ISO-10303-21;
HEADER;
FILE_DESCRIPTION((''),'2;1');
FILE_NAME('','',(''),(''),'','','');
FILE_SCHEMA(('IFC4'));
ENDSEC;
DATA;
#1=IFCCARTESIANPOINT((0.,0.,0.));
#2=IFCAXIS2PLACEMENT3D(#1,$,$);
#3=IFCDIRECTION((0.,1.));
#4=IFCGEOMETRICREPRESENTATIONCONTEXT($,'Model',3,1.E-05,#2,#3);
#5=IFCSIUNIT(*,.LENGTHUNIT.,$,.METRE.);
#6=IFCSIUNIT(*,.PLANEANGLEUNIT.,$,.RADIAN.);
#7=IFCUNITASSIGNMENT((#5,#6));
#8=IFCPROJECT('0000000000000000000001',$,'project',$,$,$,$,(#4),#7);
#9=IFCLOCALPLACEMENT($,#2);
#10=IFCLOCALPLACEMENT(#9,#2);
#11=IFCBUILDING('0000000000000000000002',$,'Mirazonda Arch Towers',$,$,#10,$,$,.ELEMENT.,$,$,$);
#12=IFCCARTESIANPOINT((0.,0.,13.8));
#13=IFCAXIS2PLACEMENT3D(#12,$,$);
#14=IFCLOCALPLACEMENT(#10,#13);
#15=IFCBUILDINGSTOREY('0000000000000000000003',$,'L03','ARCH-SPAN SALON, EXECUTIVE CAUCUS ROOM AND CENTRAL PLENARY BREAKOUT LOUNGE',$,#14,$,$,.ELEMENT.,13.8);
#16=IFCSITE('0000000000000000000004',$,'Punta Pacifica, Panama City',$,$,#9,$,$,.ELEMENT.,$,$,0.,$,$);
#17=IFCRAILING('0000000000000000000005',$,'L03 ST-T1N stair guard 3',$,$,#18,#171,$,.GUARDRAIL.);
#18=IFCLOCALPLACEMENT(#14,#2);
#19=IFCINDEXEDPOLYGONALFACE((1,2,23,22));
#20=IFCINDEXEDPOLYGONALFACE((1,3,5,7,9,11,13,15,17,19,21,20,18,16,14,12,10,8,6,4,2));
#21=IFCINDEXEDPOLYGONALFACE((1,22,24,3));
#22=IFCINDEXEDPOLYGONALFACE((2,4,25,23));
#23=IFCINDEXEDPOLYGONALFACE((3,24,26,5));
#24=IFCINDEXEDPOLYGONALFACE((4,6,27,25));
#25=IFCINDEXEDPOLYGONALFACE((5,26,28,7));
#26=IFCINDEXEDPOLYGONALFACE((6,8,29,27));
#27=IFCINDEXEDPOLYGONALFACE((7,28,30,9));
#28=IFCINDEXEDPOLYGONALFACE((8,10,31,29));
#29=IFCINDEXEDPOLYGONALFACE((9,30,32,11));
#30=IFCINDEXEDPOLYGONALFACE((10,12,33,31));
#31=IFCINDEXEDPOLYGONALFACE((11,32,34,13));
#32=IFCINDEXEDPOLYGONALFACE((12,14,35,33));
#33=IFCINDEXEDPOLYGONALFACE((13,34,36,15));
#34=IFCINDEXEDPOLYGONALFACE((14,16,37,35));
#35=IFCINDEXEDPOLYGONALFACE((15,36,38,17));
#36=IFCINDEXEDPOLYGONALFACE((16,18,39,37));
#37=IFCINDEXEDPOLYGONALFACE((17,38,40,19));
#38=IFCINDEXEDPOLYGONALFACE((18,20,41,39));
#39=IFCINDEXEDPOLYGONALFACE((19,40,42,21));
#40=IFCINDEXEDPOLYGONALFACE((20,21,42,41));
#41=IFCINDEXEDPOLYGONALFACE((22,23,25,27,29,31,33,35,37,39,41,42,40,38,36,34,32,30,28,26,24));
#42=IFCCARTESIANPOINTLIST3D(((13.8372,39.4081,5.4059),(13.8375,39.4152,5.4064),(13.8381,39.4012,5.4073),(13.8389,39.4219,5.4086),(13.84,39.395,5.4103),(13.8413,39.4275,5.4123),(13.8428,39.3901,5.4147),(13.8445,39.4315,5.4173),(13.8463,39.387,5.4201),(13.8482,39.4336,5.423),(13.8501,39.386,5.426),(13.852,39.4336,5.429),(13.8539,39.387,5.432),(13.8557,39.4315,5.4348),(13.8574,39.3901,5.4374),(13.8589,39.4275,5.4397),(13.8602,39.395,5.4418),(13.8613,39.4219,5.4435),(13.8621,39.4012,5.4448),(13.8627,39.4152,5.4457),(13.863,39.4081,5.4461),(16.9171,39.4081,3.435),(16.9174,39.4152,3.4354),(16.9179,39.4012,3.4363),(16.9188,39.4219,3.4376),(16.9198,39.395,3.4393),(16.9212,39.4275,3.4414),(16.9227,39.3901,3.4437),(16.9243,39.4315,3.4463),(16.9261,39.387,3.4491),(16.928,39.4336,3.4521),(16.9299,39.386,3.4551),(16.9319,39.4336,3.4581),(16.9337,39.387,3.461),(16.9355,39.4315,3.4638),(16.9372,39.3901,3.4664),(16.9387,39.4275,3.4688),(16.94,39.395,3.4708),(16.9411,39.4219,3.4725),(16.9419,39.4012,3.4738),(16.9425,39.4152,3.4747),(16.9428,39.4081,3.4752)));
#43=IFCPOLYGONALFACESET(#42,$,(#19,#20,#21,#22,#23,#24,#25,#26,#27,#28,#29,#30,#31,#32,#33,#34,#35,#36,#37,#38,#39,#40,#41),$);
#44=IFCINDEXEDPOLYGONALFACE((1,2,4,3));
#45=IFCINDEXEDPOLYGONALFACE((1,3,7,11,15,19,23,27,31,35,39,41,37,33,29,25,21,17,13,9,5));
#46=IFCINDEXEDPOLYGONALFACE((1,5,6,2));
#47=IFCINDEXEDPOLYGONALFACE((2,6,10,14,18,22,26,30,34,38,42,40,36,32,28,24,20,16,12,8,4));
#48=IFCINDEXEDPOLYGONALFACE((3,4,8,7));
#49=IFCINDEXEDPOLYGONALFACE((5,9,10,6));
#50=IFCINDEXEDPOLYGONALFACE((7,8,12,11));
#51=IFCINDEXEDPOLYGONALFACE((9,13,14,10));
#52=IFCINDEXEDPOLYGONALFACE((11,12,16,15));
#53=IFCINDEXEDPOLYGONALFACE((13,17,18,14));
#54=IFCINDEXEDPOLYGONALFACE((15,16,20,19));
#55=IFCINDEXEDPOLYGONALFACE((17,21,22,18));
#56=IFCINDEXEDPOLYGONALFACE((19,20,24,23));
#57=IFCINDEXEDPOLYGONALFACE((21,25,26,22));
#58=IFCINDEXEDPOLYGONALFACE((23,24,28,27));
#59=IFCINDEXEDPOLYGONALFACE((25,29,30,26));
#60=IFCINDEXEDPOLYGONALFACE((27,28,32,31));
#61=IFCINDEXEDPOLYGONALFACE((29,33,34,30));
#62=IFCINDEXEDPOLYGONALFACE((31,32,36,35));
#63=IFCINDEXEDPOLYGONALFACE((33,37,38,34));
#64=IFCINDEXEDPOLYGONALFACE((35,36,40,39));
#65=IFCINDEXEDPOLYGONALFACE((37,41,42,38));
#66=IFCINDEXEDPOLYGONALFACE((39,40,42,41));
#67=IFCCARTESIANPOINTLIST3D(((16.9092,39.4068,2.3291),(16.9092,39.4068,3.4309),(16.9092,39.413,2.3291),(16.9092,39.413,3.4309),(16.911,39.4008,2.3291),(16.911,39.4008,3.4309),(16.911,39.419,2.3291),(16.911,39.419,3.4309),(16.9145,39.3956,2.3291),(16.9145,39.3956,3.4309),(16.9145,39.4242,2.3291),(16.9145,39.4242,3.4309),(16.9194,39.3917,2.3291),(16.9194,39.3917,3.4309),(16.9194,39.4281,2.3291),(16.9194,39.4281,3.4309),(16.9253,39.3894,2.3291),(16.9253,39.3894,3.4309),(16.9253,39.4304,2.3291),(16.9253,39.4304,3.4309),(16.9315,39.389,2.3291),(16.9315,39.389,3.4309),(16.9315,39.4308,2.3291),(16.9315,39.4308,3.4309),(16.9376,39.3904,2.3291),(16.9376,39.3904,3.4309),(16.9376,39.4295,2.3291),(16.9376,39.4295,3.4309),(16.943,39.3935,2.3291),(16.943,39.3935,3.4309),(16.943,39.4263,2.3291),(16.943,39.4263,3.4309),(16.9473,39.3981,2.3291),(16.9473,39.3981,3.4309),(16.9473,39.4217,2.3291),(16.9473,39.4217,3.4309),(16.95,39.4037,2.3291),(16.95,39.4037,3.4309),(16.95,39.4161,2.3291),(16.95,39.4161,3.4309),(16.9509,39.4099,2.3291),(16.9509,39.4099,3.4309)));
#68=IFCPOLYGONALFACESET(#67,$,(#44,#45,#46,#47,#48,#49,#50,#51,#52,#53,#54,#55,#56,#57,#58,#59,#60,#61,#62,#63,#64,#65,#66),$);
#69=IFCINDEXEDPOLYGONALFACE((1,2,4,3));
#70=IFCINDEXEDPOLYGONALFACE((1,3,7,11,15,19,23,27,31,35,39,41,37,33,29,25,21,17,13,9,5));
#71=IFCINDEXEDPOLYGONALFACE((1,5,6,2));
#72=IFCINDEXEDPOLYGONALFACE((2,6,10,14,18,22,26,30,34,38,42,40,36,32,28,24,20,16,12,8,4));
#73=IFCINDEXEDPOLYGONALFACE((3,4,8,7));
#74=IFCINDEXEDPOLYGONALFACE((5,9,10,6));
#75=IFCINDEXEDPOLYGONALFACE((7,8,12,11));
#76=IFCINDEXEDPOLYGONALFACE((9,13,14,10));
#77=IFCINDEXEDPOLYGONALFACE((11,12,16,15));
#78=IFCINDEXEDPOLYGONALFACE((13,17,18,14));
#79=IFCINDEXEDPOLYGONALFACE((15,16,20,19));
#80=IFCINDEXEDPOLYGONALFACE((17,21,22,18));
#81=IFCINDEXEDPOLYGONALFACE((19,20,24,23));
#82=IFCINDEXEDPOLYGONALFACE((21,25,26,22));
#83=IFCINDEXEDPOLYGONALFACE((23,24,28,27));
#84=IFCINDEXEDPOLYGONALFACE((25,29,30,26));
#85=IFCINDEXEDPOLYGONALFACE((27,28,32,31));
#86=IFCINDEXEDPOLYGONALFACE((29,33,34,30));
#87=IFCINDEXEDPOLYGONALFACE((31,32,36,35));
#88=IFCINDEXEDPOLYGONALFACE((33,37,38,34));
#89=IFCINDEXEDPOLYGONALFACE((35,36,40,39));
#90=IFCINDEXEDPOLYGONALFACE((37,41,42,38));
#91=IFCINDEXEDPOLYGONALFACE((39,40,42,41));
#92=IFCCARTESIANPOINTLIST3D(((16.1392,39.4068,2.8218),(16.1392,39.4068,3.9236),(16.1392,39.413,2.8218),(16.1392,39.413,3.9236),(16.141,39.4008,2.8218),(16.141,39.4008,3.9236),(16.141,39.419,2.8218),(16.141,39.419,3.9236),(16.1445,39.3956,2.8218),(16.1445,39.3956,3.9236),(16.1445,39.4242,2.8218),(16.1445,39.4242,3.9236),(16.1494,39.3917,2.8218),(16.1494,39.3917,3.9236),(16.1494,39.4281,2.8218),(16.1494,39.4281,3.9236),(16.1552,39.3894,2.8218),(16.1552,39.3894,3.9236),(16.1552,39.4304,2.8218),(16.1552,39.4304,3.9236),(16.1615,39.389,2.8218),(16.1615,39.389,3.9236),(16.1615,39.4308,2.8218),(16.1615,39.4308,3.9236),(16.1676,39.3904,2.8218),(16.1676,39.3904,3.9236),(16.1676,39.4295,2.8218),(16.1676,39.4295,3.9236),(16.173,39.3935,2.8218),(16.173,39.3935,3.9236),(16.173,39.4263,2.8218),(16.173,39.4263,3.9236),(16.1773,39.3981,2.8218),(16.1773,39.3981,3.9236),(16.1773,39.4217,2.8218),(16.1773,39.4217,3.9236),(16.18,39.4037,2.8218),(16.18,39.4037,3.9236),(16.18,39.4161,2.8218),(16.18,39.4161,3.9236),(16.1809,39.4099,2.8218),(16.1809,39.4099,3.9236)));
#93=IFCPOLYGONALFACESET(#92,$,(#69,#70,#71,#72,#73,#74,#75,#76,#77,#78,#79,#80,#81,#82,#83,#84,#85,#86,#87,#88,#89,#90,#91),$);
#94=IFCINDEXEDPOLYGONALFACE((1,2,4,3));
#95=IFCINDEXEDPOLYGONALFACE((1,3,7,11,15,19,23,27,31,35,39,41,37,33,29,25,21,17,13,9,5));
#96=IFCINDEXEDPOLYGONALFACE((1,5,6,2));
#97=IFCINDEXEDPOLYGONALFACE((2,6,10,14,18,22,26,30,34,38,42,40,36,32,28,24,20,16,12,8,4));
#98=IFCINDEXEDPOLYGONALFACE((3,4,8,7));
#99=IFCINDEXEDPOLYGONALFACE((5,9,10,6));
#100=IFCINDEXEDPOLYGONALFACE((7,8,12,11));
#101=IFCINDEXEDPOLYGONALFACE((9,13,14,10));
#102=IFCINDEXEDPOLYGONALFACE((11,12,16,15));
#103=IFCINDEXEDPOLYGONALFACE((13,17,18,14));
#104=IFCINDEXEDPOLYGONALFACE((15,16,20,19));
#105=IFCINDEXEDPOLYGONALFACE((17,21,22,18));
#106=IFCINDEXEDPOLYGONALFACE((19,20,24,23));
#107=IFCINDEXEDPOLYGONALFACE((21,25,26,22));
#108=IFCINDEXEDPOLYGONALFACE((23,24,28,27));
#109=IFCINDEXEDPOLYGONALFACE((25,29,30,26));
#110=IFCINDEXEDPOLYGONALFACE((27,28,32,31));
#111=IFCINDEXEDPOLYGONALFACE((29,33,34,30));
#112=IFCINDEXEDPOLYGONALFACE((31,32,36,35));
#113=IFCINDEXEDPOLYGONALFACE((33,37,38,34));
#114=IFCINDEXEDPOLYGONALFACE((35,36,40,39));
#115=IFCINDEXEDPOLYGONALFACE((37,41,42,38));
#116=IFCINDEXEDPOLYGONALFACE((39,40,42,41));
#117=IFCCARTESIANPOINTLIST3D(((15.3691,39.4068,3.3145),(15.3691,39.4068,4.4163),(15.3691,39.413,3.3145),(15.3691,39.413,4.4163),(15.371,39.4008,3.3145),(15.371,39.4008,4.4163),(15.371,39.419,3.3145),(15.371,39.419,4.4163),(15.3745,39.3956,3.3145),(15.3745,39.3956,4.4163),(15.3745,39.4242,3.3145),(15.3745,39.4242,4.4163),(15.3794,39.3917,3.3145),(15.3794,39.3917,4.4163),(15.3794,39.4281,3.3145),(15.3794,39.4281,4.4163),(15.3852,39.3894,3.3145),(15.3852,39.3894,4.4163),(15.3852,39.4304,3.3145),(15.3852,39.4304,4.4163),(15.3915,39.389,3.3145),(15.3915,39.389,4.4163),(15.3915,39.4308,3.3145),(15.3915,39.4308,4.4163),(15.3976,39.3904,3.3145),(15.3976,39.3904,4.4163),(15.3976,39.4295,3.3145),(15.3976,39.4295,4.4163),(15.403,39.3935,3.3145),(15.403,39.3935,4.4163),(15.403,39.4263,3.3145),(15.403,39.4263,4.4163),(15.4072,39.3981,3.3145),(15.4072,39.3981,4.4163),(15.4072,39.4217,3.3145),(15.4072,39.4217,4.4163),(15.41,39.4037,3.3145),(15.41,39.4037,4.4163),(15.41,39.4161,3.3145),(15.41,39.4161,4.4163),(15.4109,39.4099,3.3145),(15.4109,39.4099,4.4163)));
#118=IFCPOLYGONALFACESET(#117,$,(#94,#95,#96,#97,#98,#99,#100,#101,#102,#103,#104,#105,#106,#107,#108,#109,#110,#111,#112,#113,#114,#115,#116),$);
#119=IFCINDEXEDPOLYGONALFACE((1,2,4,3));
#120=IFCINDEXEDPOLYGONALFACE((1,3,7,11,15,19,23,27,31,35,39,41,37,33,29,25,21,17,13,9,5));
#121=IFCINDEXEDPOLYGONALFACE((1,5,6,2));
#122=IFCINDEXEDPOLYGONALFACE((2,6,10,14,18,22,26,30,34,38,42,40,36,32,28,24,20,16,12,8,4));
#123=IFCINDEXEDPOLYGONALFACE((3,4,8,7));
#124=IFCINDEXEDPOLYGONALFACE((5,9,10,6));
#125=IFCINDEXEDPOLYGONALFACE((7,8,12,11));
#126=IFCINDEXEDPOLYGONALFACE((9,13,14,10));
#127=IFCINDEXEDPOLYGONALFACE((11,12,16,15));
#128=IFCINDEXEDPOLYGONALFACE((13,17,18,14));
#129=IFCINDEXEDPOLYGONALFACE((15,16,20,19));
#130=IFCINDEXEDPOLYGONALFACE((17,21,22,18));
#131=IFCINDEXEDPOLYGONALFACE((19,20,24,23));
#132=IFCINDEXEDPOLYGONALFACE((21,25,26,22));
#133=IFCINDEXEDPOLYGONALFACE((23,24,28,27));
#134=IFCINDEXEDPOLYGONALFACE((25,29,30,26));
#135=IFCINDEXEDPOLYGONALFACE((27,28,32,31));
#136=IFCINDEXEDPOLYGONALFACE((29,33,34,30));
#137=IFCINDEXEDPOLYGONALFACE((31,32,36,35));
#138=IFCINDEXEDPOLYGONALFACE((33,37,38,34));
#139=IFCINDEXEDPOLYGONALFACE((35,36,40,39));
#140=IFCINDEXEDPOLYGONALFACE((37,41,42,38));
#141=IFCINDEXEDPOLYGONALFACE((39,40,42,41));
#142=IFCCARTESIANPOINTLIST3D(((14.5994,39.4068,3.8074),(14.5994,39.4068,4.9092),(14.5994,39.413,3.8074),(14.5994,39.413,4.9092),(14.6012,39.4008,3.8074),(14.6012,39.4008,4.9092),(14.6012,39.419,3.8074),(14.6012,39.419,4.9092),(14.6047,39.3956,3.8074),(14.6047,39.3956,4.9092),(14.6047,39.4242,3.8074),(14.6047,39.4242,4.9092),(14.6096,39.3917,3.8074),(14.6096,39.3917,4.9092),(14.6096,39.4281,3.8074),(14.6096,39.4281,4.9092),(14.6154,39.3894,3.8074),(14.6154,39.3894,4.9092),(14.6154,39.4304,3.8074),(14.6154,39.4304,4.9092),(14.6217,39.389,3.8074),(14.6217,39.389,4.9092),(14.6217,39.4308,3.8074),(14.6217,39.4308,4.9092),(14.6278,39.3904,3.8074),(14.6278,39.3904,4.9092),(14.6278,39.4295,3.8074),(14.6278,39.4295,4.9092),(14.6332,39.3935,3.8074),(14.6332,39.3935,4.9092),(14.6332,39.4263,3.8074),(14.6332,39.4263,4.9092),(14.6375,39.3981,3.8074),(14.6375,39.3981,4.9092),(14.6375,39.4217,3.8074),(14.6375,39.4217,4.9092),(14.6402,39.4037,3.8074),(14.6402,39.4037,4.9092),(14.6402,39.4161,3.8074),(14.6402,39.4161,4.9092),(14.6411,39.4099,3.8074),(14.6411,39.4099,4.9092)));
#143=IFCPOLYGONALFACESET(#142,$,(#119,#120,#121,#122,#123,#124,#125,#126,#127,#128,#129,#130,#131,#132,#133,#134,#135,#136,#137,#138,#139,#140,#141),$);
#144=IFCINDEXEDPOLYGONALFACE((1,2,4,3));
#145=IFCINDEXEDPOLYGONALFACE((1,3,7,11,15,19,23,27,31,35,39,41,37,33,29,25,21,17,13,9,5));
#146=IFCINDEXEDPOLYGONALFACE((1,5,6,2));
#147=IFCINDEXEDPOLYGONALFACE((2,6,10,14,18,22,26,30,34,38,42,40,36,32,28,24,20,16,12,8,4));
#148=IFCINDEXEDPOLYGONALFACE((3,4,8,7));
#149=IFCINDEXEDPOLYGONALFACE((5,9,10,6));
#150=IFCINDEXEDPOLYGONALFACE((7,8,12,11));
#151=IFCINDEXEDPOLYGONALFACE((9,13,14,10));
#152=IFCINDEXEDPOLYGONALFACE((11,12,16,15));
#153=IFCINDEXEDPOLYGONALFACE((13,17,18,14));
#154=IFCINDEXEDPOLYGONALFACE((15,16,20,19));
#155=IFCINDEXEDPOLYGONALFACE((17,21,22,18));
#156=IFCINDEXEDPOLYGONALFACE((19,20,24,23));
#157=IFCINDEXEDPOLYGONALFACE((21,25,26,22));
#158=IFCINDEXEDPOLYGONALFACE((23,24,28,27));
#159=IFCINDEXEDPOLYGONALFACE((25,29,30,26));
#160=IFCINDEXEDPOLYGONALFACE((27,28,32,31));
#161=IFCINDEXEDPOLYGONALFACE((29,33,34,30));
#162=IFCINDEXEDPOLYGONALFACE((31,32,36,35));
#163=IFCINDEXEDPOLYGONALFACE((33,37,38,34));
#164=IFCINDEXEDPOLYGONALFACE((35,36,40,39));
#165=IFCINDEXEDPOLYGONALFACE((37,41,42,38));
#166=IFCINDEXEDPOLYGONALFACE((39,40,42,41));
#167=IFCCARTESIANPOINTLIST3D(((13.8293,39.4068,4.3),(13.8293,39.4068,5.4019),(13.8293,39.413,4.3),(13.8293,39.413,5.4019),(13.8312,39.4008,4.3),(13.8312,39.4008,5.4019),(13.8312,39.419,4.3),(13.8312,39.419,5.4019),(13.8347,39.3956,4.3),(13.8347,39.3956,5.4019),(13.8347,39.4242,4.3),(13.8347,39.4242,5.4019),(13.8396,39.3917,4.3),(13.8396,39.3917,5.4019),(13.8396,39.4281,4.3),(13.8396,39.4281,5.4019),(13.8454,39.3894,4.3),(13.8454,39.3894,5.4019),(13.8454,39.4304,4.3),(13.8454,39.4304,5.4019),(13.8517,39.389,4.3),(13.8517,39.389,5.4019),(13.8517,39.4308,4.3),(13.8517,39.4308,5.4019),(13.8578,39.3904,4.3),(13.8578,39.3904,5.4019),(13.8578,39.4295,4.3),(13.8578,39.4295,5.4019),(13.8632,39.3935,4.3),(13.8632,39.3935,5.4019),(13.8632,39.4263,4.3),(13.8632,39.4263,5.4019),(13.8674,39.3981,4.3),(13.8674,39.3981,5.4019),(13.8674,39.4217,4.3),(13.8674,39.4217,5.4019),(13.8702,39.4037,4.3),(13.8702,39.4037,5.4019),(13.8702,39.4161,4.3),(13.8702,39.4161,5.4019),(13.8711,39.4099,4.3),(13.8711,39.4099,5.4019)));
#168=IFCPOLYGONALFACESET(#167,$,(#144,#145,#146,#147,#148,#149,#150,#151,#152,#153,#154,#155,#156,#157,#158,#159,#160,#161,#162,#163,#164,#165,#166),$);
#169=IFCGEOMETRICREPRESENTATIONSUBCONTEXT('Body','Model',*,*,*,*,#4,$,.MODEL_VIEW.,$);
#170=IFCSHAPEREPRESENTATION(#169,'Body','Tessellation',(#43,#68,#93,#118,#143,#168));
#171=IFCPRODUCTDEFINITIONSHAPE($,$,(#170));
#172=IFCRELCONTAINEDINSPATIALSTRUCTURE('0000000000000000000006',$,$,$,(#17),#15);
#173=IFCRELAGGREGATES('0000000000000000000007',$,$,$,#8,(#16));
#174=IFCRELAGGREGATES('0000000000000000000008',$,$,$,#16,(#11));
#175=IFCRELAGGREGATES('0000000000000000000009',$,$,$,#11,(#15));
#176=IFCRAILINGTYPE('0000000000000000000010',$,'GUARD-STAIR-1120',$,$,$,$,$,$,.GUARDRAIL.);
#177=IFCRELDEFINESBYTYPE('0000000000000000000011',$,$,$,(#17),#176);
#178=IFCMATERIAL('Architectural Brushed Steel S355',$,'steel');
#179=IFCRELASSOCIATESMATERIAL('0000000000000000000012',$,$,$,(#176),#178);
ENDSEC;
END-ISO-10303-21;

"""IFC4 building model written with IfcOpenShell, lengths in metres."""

from ifc_helpers import new_model, si_unit, direction, frame, origin, origin_2d, place, context, subcontext, project, spatial, circle, extrude, material, type_object, element, save


model = new_model("IFC4")

# Units and contexts
model_context = context("Model", 3, precision=1e-05, world=origin(), true_north=direction((0.0, 1.0)))
body_context = subcontext(model_context, "Body", "Model", "MODEL_VIEW")
ifc_project = project(units=[si_unit("LENGTHUNIT", "METRE"), si_unit("PLANEANGLEUNIT", "RADIAN")], contexts=[model_context])

# Site, building, storey
site_placement = place(None, origin())
site = spatial("IfcSite", under=ifc_project, at=site_placement, Name="Punta Pacifica, Panama City", CompositionType="ELEMENT", RefElevation=0.0)
building_placement = place(site_placement, origin())
building = spatial("IfcBuilding", under=site, at=building_placement, Name="Mirazonda Arch Towers", CompositionType="ELEMENT")
storey_placement = place(building_placement, frame((0.0, 0.0, 13.8)))
storey = spatial("IfcBuildingStorey", under=building, at=storey_placement, Name="L03", Description="ARCH-SPAN SALON, EXECUTIVE CAUCUS ROOM AND CENTRAL PLENARY BREAKOUT LOUNGE", CompositionType="ELEMENT", Elevation=13.8)

# Railing
ifc_material_1 = material(Name="Architectural Brushed Steel S355", Category="steel")
railing_type_1 = type_object("IfcRailingType", Name="GUARD-STAIR-1120", PredefinedType="GUARDRAIL", material=ifc_material_1)
railing_1_placement = place(storey_placement, frame((16.9299, 39.4099, 2.3291)))
element("IfcRailing", 1, at=railing_1_placement, inside=storey, type_object=railing_type_1, Name="L03 ST-T1N stair guard 3", PredefinedType="GUARDRAIL", context=body_context, shape_type="SweptSolid", body=[
    extrude(circle(Radius=0.0239, at=origin_2d()), frame((0.0, 0.0, 1.126), z_axis=(-0.84229, 0.0, 0.539025), x_axis=(0.0, -1.0, 0.0)), (0.0, 0.0, 1.0), 3.6565),
    extrude(circle(Radius=0.021, at=origin_2d()), origin(), (0.0, 0.0, 1.0), 1.1018),
    extrude(circle(Radius=0.021, at=origin_2d()), frame((-0.77, 0.0, 0.4927)), (0.0, 0.0, 1.0), 1.1018),
    extrude(circle(Radius=0.021, at=origin_2d()), frame((-1.54, 0.0, 0.9854)), (0.0, 0.0, 1.0), 1.1018),
    extrude(circle(Radius=0.021, at=origin_2d()), frame((-2.3098, 0.0, 1.4783)), (0.0, 0.0, 1.0), 1.1018),
    extrude(circle(Radius=0.021, at=origin_2d()), frame((-3.0798, 0.0, 1.9709)), (0.0, 0.0, 1.0), 1.1018),
])

save(model, "model.ifc")
